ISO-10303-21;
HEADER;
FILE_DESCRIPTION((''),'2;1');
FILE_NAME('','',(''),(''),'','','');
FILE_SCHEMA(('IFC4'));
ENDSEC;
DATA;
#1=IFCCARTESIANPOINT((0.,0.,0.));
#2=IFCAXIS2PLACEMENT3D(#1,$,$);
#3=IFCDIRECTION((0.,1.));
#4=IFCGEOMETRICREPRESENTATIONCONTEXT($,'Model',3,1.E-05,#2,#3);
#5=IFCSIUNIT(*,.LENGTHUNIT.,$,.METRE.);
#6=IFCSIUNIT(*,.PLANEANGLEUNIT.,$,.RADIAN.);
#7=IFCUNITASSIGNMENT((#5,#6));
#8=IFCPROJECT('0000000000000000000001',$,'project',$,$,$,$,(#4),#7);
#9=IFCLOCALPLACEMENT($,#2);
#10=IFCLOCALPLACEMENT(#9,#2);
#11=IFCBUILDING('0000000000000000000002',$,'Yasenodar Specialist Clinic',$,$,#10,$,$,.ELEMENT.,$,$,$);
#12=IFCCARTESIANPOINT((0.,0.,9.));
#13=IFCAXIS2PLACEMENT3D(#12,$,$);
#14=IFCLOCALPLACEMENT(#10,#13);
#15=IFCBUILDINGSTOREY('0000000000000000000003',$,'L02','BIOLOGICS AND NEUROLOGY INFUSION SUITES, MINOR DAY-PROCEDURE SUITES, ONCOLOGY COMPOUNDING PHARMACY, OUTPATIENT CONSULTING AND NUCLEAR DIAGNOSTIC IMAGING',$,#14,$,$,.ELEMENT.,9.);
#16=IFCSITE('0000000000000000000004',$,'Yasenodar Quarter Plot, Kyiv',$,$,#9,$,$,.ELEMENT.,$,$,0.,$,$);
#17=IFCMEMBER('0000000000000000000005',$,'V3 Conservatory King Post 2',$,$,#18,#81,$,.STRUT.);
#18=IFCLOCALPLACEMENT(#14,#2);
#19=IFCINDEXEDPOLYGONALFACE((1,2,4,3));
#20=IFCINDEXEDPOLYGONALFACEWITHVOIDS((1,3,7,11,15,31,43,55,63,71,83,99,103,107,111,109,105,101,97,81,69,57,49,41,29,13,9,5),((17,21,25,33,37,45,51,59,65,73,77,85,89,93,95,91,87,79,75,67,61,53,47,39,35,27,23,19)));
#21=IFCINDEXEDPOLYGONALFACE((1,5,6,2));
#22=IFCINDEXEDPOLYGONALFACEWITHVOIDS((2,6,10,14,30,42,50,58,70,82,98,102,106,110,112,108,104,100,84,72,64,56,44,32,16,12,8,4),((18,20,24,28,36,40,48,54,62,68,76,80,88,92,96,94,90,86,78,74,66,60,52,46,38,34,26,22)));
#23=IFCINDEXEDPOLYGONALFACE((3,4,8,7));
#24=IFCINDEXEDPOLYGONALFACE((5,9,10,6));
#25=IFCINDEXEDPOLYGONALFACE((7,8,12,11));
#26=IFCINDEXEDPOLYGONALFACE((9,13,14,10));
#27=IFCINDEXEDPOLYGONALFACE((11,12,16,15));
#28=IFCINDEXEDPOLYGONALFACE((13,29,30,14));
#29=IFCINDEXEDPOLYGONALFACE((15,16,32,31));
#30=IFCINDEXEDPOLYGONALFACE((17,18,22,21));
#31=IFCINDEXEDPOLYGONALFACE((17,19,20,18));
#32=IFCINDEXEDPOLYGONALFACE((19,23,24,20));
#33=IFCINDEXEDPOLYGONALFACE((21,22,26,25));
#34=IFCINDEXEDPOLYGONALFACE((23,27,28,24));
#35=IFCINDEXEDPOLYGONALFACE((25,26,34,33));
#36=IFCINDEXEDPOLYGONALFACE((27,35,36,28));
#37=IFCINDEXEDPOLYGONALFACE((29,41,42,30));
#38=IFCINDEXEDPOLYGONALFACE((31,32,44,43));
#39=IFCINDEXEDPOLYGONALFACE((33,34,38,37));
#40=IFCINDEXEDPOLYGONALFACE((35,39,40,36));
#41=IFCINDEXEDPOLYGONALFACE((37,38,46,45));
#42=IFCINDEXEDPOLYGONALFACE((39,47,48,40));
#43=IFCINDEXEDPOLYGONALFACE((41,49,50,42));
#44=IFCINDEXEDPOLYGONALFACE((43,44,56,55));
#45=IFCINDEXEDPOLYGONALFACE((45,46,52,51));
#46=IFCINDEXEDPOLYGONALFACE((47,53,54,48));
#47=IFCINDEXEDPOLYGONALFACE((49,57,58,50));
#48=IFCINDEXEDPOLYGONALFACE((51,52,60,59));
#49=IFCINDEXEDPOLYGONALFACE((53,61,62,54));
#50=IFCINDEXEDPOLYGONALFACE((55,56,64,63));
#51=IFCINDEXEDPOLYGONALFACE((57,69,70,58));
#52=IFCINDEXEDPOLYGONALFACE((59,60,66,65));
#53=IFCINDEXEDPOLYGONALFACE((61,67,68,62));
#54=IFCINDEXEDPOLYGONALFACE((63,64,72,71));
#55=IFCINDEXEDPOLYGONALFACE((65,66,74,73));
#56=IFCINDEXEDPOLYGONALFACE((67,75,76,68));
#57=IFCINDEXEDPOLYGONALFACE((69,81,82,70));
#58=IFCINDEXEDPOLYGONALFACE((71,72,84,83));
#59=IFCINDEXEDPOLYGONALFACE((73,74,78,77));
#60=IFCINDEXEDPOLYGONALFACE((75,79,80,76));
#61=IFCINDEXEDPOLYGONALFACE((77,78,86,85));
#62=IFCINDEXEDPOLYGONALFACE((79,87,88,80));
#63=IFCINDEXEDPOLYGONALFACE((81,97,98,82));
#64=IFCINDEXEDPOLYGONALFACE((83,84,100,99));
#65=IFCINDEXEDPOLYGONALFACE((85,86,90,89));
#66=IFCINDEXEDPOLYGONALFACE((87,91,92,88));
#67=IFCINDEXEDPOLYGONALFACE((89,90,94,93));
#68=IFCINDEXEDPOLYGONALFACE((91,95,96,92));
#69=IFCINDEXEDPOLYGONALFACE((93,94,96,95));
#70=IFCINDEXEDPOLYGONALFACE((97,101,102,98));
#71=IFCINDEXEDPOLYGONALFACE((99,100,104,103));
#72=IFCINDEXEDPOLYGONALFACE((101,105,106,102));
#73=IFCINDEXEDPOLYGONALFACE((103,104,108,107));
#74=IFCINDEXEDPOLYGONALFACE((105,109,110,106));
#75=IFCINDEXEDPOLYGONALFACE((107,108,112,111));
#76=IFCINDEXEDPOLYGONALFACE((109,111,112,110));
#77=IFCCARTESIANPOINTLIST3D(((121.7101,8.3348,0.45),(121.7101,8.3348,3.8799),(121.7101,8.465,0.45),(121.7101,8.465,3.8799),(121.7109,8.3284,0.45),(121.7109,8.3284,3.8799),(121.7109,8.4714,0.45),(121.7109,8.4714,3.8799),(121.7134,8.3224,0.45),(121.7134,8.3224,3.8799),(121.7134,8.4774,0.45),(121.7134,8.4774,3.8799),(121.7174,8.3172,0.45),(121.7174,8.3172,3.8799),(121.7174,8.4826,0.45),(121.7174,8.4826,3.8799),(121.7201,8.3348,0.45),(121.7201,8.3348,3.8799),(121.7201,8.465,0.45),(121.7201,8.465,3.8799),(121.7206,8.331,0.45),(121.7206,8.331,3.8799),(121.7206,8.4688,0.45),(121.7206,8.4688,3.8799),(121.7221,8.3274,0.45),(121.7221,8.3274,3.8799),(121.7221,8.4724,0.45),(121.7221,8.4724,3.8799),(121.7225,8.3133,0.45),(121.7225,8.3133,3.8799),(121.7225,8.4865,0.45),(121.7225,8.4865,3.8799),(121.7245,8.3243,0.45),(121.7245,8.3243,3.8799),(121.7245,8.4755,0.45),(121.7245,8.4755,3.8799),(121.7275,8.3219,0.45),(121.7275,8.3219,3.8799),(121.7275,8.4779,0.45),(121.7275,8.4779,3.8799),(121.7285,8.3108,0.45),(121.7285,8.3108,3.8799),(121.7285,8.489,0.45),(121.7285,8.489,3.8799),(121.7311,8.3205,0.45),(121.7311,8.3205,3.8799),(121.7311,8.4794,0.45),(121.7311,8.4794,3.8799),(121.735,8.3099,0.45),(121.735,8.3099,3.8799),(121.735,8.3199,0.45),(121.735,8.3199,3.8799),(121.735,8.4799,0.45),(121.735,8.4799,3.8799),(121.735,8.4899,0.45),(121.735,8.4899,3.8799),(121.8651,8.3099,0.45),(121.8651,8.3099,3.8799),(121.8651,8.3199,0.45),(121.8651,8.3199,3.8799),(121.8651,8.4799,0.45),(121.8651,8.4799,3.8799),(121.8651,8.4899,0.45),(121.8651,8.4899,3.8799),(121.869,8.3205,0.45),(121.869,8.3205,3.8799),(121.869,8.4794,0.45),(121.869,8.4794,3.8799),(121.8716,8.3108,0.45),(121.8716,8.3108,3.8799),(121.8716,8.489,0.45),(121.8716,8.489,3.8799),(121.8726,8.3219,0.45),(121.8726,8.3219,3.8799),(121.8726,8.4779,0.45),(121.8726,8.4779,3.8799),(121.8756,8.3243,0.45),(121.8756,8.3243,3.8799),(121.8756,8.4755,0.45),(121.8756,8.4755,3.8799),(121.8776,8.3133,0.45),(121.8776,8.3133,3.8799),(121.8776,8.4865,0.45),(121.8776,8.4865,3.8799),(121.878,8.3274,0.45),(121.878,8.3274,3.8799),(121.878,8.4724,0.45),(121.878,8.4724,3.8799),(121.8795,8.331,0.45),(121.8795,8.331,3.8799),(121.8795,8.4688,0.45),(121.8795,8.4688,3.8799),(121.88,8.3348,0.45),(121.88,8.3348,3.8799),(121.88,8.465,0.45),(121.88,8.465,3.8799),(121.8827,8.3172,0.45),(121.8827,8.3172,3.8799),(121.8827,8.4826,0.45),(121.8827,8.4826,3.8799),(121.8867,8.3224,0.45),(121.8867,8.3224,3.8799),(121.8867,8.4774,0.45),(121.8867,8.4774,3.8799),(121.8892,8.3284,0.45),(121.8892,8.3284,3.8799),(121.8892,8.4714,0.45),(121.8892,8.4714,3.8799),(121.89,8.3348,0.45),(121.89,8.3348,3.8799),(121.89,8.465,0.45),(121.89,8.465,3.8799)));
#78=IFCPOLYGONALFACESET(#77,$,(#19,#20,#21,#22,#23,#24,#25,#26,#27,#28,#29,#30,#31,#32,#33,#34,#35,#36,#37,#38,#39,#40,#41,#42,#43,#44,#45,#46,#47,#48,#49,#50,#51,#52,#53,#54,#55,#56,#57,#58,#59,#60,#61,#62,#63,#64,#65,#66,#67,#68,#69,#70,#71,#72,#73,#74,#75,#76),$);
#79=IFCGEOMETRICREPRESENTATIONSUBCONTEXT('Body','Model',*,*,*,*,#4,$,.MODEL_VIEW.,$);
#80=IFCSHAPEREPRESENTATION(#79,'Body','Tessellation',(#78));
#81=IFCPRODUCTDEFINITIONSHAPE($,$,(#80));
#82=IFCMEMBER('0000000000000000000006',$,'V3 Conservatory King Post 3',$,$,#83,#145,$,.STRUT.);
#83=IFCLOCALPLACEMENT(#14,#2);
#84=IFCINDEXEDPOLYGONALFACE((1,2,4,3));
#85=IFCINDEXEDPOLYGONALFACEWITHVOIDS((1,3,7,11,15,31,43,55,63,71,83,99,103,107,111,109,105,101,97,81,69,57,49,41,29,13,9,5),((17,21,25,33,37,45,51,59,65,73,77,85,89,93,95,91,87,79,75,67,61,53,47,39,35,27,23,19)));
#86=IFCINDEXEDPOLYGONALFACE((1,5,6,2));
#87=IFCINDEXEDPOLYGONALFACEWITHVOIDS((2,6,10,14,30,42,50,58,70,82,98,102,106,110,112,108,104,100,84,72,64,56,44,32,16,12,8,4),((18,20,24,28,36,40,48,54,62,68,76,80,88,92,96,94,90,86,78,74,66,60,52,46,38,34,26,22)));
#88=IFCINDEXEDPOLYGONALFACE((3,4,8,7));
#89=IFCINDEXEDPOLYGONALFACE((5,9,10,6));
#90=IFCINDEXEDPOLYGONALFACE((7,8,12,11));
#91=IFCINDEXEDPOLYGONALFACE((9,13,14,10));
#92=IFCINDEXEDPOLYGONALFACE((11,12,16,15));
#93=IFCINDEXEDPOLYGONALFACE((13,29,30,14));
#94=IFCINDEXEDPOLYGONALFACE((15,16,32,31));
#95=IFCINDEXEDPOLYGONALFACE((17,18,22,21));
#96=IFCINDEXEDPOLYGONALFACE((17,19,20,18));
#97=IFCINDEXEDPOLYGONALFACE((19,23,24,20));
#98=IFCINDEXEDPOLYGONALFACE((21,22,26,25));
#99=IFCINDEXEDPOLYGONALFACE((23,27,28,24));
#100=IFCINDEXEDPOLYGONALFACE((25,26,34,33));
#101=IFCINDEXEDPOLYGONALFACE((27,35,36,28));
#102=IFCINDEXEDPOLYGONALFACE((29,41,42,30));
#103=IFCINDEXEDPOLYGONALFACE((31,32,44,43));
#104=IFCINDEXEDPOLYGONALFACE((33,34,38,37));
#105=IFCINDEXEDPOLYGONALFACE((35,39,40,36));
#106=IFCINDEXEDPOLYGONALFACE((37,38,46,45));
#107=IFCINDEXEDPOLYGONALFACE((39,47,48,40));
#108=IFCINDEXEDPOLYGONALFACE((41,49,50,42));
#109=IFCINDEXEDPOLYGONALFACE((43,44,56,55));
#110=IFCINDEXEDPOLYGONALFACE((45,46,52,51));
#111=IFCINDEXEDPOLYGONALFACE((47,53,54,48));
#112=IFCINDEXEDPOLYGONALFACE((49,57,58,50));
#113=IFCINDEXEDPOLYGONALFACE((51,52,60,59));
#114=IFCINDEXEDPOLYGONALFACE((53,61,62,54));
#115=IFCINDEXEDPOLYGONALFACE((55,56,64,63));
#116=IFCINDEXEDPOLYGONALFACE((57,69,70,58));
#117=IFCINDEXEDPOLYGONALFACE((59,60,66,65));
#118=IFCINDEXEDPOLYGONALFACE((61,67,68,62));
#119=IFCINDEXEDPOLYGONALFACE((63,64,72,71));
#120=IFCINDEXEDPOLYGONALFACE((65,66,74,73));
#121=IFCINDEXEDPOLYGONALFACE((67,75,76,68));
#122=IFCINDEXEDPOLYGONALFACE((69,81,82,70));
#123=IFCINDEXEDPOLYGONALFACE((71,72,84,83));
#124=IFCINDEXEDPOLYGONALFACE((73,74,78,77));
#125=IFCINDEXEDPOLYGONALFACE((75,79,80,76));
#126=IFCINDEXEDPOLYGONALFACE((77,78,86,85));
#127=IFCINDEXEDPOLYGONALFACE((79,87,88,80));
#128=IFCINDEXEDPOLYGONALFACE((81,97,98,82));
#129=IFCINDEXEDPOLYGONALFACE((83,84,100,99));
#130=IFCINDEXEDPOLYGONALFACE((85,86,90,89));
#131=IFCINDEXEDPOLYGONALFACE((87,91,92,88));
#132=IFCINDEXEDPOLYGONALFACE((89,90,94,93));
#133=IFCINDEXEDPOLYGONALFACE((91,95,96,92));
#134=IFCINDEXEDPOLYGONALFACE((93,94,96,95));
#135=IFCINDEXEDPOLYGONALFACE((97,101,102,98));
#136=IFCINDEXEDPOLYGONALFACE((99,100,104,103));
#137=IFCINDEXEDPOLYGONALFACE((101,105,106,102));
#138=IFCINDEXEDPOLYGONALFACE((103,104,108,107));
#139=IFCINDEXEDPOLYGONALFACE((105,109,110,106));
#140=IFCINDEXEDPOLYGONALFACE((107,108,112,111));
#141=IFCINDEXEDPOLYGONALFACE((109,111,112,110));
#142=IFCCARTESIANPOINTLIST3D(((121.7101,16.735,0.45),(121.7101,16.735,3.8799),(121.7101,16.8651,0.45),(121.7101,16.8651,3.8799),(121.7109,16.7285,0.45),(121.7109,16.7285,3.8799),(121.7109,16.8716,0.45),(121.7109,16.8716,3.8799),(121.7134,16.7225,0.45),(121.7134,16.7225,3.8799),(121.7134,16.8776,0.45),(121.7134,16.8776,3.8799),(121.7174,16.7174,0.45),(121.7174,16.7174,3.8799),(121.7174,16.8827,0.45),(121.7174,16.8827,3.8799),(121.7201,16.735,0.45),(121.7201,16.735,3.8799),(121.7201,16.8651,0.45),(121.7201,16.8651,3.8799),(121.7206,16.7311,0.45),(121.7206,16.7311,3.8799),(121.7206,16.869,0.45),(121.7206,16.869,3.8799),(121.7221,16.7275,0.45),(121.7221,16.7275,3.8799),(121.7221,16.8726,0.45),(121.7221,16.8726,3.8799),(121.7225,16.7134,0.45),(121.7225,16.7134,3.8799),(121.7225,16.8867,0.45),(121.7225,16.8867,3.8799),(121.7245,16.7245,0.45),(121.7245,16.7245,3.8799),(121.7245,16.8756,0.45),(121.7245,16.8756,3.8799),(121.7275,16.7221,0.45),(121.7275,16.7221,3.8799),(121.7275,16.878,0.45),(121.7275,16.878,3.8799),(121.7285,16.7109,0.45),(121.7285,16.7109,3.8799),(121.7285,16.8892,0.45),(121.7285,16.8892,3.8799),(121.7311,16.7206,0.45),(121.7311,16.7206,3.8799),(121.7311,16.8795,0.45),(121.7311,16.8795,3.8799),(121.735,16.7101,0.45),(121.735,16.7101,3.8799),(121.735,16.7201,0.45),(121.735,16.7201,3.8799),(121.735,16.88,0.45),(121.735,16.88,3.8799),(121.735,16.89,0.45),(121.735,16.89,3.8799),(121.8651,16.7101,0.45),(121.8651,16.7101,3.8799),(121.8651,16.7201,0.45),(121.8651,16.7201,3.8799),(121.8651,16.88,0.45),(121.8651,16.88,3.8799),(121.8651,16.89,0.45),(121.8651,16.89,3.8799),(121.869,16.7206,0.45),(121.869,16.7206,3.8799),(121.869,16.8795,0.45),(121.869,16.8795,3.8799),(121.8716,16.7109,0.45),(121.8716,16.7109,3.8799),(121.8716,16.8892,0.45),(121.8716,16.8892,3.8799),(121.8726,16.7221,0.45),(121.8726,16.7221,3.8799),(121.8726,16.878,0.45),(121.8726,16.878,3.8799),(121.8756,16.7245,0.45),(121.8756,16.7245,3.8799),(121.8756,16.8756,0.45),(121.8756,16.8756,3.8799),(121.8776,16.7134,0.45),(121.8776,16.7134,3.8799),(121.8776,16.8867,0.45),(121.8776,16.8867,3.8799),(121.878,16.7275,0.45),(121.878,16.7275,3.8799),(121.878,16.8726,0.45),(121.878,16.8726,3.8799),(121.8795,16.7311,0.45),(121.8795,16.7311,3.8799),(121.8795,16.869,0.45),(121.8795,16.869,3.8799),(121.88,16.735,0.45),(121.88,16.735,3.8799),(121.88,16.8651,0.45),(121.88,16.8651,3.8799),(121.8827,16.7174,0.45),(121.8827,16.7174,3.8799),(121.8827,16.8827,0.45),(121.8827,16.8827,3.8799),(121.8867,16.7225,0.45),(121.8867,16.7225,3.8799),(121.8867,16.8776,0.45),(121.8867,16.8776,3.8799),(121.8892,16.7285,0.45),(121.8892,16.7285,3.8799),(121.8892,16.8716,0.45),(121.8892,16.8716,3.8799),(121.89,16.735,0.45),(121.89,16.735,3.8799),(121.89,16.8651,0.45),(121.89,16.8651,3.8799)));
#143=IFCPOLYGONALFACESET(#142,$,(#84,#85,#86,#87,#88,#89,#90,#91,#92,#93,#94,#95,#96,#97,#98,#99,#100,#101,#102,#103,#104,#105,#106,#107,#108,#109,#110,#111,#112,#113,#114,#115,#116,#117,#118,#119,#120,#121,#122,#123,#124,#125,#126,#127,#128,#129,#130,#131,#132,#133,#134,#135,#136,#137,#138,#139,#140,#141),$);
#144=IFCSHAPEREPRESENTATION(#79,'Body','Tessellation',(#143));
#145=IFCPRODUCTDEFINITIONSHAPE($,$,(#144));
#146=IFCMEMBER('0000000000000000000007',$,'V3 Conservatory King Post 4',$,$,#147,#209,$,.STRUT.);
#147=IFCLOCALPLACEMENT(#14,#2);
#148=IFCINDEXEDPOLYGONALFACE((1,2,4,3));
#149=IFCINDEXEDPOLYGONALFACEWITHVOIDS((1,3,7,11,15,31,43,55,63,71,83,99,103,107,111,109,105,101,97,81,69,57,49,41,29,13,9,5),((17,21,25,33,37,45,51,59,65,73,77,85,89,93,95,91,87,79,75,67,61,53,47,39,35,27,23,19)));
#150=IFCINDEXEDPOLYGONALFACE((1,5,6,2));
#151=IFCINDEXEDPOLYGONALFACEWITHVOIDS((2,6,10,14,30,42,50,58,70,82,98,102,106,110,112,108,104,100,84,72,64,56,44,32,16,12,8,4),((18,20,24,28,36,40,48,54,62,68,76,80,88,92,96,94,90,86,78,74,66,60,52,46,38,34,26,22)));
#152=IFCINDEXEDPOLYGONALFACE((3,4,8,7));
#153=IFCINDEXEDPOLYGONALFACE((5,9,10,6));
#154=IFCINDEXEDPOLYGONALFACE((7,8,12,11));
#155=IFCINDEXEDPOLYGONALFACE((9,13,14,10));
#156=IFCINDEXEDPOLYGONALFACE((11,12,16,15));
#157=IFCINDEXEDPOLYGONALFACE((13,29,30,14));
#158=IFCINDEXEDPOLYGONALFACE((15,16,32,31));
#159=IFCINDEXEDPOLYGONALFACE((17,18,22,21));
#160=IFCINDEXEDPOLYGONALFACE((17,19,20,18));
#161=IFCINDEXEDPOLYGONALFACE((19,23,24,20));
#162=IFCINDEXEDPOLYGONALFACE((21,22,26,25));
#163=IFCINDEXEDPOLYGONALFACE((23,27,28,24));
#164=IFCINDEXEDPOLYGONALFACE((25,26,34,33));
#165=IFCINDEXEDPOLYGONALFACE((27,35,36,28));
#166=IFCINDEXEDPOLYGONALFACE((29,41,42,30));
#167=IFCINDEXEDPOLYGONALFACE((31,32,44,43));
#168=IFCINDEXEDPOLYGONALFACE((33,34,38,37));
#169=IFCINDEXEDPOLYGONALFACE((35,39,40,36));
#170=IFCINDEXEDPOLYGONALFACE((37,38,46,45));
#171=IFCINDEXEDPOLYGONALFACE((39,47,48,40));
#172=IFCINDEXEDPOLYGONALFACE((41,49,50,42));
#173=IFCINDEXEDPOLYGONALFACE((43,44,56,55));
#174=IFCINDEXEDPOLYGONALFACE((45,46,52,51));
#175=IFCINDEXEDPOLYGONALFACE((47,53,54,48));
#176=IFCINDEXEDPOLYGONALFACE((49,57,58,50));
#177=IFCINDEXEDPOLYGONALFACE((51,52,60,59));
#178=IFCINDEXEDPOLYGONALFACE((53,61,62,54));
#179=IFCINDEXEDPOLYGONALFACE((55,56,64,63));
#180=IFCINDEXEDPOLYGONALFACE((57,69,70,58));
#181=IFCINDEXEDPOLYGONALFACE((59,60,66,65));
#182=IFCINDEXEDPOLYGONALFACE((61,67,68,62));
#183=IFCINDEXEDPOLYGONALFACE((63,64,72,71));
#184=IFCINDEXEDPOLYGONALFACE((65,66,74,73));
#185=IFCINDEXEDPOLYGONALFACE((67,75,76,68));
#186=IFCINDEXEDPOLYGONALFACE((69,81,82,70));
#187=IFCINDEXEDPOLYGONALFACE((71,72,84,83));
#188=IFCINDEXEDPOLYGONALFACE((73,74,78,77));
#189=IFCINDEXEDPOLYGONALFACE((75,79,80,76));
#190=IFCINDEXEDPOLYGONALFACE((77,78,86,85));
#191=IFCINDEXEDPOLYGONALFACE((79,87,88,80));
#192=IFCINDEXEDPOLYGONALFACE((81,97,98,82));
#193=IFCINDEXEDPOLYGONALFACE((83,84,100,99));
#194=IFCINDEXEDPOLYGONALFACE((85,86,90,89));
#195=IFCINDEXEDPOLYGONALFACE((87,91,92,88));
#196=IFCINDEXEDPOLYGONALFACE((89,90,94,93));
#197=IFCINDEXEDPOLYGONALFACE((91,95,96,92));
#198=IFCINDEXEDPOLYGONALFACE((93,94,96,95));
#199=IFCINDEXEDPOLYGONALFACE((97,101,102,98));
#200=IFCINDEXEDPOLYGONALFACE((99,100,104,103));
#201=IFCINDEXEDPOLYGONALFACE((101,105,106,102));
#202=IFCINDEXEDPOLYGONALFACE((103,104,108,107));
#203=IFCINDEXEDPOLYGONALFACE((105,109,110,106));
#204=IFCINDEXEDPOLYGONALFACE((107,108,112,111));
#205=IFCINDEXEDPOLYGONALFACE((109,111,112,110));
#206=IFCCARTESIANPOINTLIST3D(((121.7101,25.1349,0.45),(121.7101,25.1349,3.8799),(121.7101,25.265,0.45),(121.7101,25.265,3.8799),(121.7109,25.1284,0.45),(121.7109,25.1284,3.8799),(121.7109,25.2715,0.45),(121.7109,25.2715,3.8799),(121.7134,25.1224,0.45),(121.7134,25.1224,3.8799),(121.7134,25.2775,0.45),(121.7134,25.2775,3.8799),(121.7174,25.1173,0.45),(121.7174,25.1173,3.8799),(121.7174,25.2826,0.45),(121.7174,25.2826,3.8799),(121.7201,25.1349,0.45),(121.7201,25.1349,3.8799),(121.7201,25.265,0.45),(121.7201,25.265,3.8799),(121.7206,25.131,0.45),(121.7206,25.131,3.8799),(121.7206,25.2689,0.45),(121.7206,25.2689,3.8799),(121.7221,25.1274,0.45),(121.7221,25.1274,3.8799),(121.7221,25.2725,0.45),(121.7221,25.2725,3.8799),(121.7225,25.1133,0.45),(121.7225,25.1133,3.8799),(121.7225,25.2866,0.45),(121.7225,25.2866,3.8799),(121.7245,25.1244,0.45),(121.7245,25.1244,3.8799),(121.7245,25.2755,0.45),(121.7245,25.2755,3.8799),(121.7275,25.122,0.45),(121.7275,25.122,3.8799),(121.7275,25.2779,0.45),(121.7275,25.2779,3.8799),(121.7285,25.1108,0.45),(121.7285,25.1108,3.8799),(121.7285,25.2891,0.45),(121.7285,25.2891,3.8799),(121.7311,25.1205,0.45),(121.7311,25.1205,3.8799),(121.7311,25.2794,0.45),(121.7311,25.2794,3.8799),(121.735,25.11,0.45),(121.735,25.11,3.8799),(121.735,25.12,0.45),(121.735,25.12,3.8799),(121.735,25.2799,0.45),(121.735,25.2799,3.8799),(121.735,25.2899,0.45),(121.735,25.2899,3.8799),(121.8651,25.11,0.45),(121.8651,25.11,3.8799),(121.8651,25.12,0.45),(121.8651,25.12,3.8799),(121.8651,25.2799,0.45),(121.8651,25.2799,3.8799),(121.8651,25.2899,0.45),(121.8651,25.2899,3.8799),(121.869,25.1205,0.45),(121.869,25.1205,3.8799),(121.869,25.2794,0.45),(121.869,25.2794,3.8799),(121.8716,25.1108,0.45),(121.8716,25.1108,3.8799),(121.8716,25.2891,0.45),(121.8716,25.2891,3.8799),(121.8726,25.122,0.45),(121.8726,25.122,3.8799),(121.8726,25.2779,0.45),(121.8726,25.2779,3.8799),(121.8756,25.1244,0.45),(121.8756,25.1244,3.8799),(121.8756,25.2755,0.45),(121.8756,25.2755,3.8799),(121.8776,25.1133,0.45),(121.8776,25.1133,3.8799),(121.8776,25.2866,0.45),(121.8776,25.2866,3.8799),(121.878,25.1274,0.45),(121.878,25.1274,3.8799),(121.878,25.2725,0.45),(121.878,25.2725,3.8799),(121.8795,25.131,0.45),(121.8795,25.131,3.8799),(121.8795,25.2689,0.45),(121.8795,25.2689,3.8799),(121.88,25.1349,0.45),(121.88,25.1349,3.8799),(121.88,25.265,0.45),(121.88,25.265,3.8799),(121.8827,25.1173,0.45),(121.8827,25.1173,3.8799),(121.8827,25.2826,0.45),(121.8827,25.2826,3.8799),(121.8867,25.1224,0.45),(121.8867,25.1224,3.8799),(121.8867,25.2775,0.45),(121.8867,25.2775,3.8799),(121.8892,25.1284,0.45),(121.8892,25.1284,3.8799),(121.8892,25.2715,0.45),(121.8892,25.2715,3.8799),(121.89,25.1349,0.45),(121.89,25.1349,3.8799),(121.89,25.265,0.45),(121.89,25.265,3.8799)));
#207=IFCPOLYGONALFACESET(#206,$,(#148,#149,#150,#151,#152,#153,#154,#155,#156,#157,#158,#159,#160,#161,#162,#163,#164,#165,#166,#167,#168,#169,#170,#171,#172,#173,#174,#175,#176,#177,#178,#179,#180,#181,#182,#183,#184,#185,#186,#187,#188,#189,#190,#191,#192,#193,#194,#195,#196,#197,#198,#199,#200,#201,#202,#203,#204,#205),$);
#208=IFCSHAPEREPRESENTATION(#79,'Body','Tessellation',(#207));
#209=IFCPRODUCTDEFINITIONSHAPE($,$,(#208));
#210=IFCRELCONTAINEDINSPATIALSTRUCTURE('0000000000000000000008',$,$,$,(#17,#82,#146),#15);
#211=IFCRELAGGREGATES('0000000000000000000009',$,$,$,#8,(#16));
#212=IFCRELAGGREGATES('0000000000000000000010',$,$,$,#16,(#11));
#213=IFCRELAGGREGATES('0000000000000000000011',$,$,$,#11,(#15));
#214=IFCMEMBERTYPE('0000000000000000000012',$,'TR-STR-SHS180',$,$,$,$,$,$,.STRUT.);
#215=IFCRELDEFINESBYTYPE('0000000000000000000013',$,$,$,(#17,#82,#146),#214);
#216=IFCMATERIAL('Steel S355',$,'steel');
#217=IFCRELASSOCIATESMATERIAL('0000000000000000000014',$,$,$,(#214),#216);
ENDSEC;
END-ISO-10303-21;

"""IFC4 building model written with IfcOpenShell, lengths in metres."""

from ifc_helpers import new_model, si_unit, direction, frame, origin, origin_2d, place, context, subcontext, project, spatial, hollow_rectangle, extrude, material, material_profile, profile_set, type_object, element, save


model = new_model("IFC4")

# Units and contexts
model_context = context("Model", 3, precision=1e-05, world=origin(), true_north=direction((0.0, 1.0)))
body_context = subcontext(model_context, "Body", "Model", "MODEL_VIEW")
ifc_project = project(units=[si_unit("LENGTHUNIT", "METRE"), si_unit("PLANEANGLEUNIT", "RADIAN")], contexts=[model_context])

# Site, building, storey
site_placement = place(None, origin())
site = spatial("IfcSite", under=ifc_project, at=site_placement, Name="Yasenodar Quarter Plot, Kyiv", CompositionType="ELEMENT", RefElevation=0.0)
building_placement = place(site_placement, origin())
building = spatial("IfcBuilding", under=site, at=building_placement, Name="Yasenodar Specialist Clinic", CompositionType="ELEMENT")
storey_placement = place(building_placement, frame((0.0, 0.0, 9.0)))
storey = spatial("IfcBuildingStorey", under=building, at=storey_placement, Name="L02", Description="BIOLOGICS AND NEUROLOGY INFUSION SUITES, MINOR DAY-PROCEDURE SUITES, ONCOLOGY COMPOUNDING PHARMACY, OUTPATIENT CONSULTING AND NUCLEAR DIAGNOSTIC IMAGING", CompositionType="ELEMENT", Elevation=9.0)

# Shared definitions
ifc_material = material(Name="Steel S355", Category="steel")

# Members
ifc_material_profile_1 = material_profile(ifc_material, hollow_rectangle(XDim=0.1799, YDim=0.1799, WallThickness=0.01, InnerFilletRadius=0.0149, OuterFilletRadius=0.0249, at=origin_2d()), Name="SHS 180x180x10")
ifc_profile_set_1 = profile_set([ifc_material_profile_1], Name="Steel S355")
member_type_1 = type_object("IfcMemberType", Name="TR-STR-SHS180", PredefinedType="STRUT", material=ifc_profile_set_1)
for number, where, z_axis, x_axis, name in (
    (1, (121.8, 8.3999, 0.45), (0.0, 0.0, 1.0), (1.0, 0.0, 0.0), "V3 Conservatory King Post 2"),
    (2, (121.8, 16.8, 0.45), (0.0, 0.0, 1.0), (1.0, 0.0, 0.0), "V3 Conservatory King Post 3"),
    (3, (121.8, 25.2, 0.45), (0.0, 0.0, 1.0), (1.0, 0.0, 0.0), "V3 Conservatory King Post 4"),
):
    element("IfcMember", number, at=place(storey_placement, frame(where, z_axis=z_axis, x_axis=x_axis)), inside=storey, type_object=member_type_1, Name=name, PredefinedType="STRUT", context=body_context, shape_type="SweptSolid", body=[
        extrude(hollow_rectangle(XDim=0.1799, YDim=0.1799, WallThickness=0.01, InnerFilletRadius=0.0149, OuterFilletRadius=0.0249, at=origin_2d()), origin(), (0.0, 0.0, 1.0), 3.4299),
    ])

save(model, "model.ifc")
